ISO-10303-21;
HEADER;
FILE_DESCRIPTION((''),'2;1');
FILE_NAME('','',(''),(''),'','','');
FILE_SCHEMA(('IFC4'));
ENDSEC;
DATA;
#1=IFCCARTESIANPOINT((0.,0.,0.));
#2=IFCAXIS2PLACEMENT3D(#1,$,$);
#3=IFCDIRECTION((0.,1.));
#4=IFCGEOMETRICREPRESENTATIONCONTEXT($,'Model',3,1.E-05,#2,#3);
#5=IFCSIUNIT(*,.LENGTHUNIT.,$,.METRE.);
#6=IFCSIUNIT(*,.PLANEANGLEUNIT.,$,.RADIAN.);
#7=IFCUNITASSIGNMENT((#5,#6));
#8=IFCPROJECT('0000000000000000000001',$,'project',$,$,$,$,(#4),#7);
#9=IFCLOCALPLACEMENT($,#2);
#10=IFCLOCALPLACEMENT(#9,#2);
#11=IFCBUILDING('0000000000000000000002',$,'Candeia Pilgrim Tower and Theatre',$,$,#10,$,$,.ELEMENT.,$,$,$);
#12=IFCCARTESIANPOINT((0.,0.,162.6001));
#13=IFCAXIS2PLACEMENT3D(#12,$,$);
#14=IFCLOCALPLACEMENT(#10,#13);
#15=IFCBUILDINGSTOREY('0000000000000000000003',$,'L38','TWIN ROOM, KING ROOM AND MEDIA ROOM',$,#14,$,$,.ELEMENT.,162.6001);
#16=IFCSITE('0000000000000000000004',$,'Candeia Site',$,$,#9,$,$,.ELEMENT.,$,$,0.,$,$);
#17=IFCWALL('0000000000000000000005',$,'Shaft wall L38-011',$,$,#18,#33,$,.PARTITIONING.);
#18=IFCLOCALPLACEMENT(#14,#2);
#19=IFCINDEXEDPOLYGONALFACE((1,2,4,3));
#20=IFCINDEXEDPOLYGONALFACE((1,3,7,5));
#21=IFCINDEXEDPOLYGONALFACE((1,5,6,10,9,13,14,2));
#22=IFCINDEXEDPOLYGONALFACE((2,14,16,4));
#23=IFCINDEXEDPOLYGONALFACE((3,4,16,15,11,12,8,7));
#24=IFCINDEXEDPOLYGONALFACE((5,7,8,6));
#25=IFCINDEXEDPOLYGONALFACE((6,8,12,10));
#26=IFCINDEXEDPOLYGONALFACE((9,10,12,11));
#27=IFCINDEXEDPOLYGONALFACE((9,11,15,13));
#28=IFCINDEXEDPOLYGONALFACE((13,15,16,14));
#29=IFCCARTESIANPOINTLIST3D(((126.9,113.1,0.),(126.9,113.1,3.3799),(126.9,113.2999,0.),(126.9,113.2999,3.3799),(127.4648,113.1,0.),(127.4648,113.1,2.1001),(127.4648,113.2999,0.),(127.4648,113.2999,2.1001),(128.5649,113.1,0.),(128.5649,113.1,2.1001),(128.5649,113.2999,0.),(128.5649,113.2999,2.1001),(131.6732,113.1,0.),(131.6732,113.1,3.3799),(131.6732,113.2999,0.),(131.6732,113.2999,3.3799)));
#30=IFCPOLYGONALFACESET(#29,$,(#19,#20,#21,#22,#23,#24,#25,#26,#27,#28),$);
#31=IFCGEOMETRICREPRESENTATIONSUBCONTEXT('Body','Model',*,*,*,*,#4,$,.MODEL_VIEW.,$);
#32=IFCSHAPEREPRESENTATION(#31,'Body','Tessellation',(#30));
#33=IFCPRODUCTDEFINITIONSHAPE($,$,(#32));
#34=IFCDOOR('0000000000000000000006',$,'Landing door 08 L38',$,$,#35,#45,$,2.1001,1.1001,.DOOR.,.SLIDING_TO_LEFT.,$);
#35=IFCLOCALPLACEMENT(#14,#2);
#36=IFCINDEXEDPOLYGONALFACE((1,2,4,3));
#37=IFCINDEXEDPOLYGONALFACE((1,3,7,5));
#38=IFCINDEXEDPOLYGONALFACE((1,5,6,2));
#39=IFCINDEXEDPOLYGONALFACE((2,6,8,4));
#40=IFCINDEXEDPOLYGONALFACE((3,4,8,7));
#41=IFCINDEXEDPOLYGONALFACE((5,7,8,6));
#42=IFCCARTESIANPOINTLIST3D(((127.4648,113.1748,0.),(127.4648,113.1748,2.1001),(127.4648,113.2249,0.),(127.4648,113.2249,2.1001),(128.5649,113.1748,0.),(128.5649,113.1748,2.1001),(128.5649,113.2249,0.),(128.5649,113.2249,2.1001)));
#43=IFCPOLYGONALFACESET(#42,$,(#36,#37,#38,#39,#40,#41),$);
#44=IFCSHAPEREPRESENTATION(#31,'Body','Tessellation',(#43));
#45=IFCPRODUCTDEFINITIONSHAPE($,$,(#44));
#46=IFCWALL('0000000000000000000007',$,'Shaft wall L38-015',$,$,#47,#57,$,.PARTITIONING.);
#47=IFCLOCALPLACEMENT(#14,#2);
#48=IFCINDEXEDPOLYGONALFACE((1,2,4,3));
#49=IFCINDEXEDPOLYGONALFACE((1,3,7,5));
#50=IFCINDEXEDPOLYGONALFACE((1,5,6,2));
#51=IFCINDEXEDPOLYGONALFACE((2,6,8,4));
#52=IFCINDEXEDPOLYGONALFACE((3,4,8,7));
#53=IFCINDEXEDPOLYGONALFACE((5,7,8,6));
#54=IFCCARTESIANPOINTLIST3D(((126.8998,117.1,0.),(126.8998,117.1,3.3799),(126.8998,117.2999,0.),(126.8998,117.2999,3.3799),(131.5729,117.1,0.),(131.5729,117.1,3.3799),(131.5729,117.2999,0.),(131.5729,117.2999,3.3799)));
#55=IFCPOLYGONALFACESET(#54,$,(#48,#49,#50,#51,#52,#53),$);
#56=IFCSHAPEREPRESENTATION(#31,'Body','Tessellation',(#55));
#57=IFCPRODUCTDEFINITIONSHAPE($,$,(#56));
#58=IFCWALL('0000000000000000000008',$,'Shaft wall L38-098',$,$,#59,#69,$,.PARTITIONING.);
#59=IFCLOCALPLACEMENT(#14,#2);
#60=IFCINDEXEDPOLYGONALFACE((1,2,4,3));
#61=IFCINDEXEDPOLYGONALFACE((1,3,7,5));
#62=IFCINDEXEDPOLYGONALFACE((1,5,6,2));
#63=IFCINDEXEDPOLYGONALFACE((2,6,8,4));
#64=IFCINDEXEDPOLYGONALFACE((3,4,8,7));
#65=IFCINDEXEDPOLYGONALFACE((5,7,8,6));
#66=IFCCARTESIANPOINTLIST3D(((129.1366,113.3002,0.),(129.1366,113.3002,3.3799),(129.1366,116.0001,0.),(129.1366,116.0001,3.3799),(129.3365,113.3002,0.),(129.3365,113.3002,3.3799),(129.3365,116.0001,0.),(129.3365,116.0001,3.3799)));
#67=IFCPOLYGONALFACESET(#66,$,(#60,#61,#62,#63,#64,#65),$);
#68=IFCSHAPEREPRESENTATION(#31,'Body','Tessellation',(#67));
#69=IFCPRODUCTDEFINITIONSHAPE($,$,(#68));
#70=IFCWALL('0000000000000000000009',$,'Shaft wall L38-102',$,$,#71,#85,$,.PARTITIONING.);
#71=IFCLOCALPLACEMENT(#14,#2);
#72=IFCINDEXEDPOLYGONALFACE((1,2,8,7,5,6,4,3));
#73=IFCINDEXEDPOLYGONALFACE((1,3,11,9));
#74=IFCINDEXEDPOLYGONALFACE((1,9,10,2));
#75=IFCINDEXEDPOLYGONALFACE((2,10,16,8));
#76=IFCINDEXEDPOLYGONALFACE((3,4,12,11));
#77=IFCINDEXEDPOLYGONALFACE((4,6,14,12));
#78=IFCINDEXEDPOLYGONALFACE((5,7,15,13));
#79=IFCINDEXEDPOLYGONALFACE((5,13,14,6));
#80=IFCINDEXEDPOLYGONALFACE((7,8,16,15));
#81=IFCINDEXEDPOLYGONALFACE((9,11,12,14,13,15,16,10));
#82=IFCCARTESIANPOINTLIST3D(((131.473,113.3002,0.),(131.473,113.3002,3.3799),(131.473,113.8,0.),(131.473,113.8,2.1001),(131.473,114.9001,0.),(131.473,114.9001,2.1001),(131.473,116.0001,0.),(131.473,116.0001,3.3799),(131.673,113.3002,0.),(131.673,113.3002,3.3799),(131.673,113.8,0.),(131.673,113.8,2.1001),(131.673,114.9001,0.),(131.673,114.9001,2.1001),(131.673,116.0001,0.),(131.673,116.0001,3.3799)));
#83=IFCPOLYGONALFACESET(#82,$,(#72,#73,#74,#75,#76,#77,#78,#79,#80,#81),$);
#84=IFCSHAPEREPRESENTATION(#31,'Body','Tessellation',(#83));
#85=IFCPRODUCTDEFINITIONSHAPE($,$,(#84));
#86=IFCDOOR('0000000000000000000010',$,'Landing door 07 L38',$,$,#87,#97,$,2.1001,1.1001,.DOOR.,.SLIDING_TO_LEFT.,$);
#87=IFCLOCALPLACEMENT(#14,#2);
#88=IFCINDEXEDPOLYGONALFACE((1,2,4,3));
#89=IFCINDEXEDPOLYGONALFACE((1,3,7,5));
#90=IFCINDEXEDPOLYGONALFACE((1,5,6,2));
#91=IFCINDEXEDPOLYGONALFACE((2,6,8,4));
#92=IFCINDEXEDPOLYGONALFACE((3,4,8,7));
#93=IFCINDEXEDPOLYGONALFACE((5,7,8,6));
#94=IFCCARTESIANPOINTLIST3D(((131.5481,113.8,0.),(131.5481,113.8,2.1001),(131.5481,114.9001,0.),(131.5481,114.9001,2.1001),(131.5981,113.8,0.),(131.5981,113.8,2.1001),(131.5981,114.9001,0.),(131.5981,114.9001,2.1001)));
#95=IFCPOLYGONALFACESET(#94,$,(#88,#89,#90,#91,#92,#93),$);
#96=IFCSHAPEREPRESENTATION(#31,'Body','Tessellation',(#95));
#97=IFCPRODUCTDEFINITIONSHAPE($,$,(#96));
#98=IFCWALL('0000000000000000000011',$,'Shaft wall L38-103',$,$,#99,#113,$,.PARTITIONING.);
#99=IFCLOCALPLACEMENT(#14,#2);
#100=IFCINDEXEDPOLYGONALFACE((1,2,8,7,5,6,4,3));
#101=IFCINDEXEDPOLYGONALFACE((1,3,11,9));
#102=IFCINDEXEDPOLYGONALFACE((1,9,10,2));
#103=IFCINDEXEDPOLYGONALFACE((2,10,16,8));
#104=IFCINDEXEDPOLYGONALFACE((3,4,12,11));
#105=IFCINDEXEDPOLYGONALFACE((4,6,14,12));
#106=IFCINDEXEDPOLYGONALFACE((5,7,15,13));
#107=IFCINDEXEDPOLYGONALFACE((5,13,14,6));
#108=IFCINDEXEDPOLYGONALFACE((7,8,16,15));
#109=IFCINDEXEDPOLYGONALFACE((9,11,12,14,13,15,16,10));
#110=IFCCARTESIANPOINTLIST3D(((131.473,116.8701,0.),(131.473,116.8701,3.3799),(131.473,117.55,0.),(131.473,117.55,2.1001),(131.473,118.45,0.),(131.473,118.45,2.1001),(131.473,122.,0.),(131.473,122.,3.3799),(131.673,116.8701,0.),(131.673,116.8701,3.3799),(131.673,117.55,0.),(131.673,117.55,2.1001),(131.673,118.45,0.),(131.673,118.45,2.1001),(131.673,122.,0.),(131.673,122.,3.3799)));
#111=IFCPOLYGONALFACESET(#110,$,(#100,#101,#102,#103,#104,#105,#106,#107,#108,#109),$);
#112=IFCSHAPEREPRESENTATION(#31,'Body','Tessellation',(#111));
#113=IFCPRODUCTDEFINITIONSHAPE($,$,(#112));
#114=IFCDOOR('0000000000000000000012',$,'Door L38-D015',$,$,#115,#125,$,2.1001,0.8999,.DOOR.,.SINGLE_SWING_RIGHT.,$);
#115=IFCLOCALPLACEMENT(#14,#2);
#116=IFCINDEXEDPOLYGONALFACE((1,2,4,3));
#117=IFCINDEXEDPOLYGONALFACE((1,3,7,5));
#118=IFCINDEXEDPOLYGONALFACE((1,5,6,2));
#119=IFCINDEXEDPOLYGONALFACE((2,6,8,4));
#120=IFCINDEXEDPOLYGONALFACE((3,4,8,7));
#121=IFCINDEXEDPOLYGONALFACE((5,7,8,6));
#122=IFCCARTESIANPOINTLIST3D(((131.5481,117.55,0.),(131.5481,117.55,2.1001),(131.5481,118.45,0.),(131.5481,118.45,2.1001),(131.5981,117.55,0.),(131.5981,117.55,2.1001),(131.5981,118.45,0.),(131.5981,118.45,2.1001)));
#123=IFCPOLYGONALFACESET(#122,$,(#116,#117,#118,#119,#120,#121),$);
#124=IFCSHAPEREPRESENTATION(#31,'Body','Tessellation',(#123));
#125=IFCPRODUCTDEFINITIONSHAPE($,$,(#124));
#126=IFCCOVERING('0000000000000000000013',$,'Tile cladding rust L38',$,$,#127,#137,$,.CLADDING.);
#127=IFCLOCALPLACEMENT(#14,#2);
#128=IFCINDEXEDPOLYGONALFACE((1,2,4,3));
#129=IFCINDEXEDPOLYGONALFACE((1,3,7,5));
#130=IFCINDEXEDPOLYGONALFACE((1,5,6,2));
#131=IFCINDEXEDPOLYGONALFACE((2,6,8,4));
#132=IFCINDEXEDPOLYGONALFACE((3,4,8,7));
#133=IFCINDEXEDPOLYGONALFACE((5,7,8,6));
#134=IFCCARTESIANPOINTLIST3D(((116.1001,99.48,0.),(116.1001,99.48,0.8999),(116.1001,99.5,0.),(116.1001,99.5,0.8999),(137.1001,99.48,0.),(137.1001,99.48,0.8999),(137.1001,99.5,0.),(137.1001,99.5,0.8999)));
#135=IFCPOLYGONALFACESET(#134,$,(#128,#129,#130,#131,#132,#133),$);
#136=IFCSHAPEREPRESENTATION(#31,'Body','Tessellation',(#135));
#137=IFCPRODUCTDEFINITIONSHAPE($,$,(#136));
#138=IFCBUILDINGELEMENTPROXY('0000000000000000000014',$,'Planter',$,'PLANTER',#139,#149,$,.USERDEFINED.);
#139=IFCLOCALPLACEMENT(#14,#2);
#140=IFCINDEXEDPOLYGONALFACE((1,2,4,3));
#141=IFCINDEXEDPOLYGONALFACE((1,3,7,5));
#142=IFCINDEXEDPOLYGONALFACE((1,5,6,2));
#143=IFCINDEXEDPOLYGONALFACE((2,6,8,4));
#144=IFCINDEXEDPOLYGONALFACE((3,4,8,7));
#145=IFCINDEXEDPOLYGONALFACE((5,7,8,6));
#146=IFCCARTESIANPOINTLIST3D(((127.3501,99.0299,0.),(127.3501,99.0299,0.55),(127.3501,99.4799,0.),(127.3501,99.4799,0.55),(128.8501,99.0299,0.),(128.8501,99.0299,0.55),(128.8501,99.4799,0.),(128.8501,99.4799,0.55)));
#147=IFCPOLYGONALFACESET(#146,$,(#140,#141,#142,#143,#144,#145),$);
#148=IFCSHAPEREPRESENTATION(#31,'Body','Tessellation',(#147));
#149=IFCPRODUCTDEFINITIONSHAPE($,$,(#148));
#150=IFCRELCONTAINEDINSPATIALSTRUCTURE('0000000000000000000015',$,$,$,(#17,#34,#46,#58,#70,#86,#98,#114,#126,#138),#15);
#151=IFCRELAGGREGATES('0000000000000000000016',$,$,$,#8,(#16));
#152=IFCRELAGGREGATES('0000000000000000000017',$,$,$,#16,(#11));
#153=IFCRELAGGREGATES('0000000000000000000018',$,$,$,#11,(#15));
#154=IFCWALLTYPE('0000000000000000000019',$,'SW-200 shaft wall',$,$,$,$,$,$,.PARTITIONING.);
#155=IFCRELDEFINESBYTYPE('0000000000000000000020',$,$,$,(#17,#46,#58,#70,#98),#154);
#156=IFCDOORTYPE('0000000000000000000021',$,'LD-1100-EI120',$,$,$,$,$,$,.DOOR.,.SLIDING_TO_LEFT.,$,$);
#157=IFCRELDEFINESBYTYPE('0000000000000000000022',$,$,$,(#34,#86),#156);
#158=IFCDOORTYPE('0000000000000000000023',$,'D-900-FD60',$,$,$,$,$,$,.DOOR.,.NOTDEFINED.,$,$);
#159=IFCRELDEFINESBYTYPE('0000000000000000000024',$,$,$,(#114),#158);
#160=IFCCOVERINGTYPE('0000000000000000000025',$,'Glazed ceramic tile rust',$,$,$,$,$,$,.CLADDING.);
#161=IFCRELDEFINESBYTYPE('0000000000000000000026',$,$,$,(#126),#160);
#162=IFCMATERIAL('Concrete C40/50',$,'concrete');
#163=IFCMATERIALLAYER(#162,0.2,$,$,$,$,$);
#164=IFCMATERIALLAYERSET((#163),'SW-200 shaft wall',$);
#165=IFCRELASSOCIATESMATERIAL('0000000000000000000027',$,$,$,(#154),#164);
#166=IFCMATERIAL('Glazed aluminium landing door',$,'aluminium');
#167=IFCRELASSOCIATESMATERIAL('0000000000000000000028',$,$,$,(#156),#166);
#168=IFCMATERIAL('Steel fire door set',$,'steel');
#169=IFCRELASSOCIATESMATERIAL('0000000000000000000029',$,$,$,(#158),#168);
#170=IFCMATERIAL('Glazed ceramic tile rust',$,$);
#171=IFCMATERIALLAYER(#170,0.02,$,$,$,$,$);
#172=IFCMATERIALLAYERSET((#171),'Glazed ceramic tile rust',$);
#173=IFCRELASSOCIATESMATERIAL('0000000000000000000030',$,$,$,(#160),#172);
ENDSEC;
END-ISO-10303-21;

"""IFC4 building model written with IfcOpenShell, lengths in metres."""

from ifc_helpers import new_model, si_unit, direction, frame, frame_2d, origin, origin_2d, place, context, subcontext, project, spatial, rectangle, extrude, material, layer, layer_set, type_object, element, fill, save


model = new_model("IFC4")

# Units and contexts
model_context = context("Model", 3, precision=1e-05, world=origin(), true_north=direction((0.0, 1.0)))
body_context = subcontext(model_context, "Body", "Model", "MODEL_VIEW")
ifc_project = project(units=[si_unit("LENGTHUNIT", "METRE"), si_unit("PLANEANGLEUNIT", "RADIAN")], contexts=[model_context])

# Site, building, storey
site_placement = place(None, origin())
site = spatial("IfcSite", under=ifc_project, at=site_placement, Name="Candeia Site", CompositionType="ELEMENT", RefElevation=0.0)
building_placement = place(site_placement, origin())
building = spatial("IfcBuilding", under=site, at=building_placement, Name="Candeia Pilgrim Tower and Theatre", CompositionType="ELEMENT")
storey_placement = place(building_placement, frame((0.0, 0.0, 162.6001)))
storey = spatial("IfcBuildingStorey", under=building, at=storey_placement, Name="L38", Description="TWIN ROOM, KING ROOM AND MEDIA ROOM", CompositionType="ELEMENT", Elevation=162.6001)

# Wall, opening, door
ifc_material_1 = material(Name="Concrete C40/50", Category="concrete")
ifc_layer_1 = layer(ifc_material_1, 0.2)
ifc_layer_set_1 = layer_set([ifc_layer_1], Name="SW-200 shaft wall")
wall_type_1 = type_object("IfcWallType", Name="SW-200 shaft wall", PredefinedType="PARTITIONING", material=ifc_layer_set_1)
wall_1_placement = place(storey_placement, frame((126.8999, 113.2, 0.0), z_axis=(0.0, 0.0, 1.0), x_axis=(1.0, 0.0, 0.0)))
wall_1 = element("IfcWall", 1, at=wall_1_placement, inside=storey, type_object=wall_type_1, Name="Shaft wall L38-011", PredefinedType="PARTITIONING", context=body_context, shape_type="SweptSolid", body=[
    extrude(rectangle(XDim=4.7732, YDim=0.2, at=frame_2d((2.3867, 0.0))), origin(), (0.0, 0.0, 1.0), 3.3799),
])
opening_1_placement = place(wall_1_placement, frame((0.5649, 0.0, 0.0)))
opening_1 = element("IfcOpeningElement", 2, at=opening_1_placement, cuts=wall_1, PredefinedType="OPENING", context=body_context, shape_type="SweptSolid", body=[
    extrude(rectangle(XDim=1.1001, YDim=2.1001, at=frame_2d((0.55, 1.05))), frame((0.0, 0.1099, 0.0), z_axis=(0.0, -1.0, 0.0), x_axis=(1.0, 0.0, 0.0)), (0.0, 0.0, 1.0), 0.22),
])
ifc_material_2 = material(Name="Glazed aluminium landing door", Category="aluminium")
door_type_1 = type_object("IfcDoorType", Name="LD-1100-EI120", OperationType="SLIDING_TO_LEFT", PredefinedType="DOOR", material=ifc_material_2)
door_1_placement = place(opening_1_placement, origin())
door_1 = element("IfcDoor", 3, at=door_1_placement, inside=storey, type_object=door_type_1, Name="Landing door 08 L38", OperationType="SLIDING_TO_LEFT", OverallHeight=2.1001, OverallWidth=1.1001, PredefinedType="DOOR", context=body_context, shape_type="SweptSolid", body=[
    extrude(rectangle(XDim=1.1001, YDim=2.1001, at=frame_2d((0.55, 1.05))), frame((0.0, 0.0249, 0.0), z_axis=(0.0, -1.0, 0.0), x_axis=(1.0, 0.0, 0.0)), (0.0, 0.0, 1.0), 0.05),
])
fill(opening_1, door_1)

# Walls
wall_2_placement = place(storey_placement, frame((126.8999, 117.2, 0.0), z_axis=(0.0, 0.0, 1.0), x_axis=(1.0, 0.0, 0.0)))
element("IfcWall", 4, at=wall_2_placement, inside=storey, type_object=wall_type_1, Name="Shaft wall L38-015", PredefinedType="PARTITIONING", context=body_context, shape_type="SweptSolid", body=[
    extrude(rectangle(XDim=4.6731, YDim=0.2, at=frame_2d((2.3364, 0.0))), origin(), (0.0, 0.0, 1.0), 3.3799),
])
wall_3_placement = place(storey_placement, frame((129.2366, 113.3, 0.0), z_axis=(0.0, 0.0, 1.0), x_axis=(0.0, 1.0, 0.0)))
element("IfcWall", 5, at=wall_3_placement, inside=storey, type_object=wall_type_1, Name="Shaft wall L38-098", PredefinedType="PARTITIONING", context=body_context, shape_type="SweptSolid", body=[
    extrude(rectangle(XDim=2.7, YDim=0.2, at=frame_2d((1.3501, 0.0))), origin(), (0.0, 0.0, 1.0), 3.3799),
])

# Walls, openings, doors
wall_4_placement = place(storey_placement, frame((131.573, 113.3, 0.0), z_axis=(0.0, 0.0, 1.0), x_axis=(0.0, 1.0, 0.0)))
wall_4 = element("IfcWall", 6, at=wall_4_placement, inside=storey, type_object=wall_type_1, Name="Shaft wall L38-102", PredefinedType="PARTITIONING", context=body_context, shape_type="SweptSolid", body=[
    extrude(rectangle(XDim=2.7, YDim=0.2, at=frame_2d((1.3501, 0.0))), origin(), (0.0, 0.0, 1.0), 3.3799),
])
opening_2_placement = place(wall_4_placement, frame((0.5, 0.0, 0.0)))
opening_2 = element("IfcOpeningElement", 7, at=opening_2_placement, cuts=wall_4, PredefinedType="OPENING", context=body_context, shape_type="SweptSolid", body=[
    extrude(rectangle(XDim=1.1001, YDim=2.1001, at=frame_2d((0.55, 1.05))), frame((0.0, 0.1099, 0.0), z_axis=(0.0, -1.0, 0.0), x_axis=(1.0, 0.0, 0.0)), (0.0, 0.0, 1.0), 0.22),
])
door_2_placement = place(opening_2_placement, origin())
door_2 = element("IfcDoor", 8, at=door_2_placement, inside=storey, type_object=door_type_1, Name="Landing door 07 L38", OperationType="SLIDING_TO_LEFT", OverallHeight=2.1001, OverallWidth=1.1001, PredefinedType="DOOR", context=body_context, shape_type="SweptSolid", body=[
    extrude(rectangle(XDim=1.1001, YDim=2.1001, at=frame_2d((0.55, 1.05))), frame((0.0, 0.0249, 0.0), z_axis=(0.0, -1.0, 0.0), x_axis=(1.0, 0.0, 0.0)), (0.0, 0.0, 1.0), 0.05),
])
fill(opening_2, door_2)
wall_5_placement = place(storey_placement, frame((131.573, 116.8701, 0.0), z_axis=(0.0, 0.0, 1.0), x_axis=(0.0, 1.0, 0.0)))
wall_5 = element("IfcWall", 9, at=wall_5_placement, inside=storey, type_object=wall_type_1, Name="Shaft wall L38-103", PredefinedType="PARTITIONING", context=body_context, shape_type="SweptSolid", body=[
    extrude(rectangle(XDim=5.1299, YDim=0.2, at=frame_2d((2.5649, 0.0))), origin(), (0.0, 0.0, 1.0), 3.3799),
])
opening_3_placement = place(wall_5_placement, frame((0.6799, 0.0, 0.0)))
opening_3 = element("IfcOpeningElement", 10, at=opening_3_placement, cuts=wall_5, PredefinedType="OPENING", context=body_context, shape_type="SweptSolid", body=[
    extrude(rectangle(XDim=0.8999, YDim=2.1001, at=frame_2d((0.45, 1.05))), frame((0.0, 0.1099, 0.0), z_axis=(0.0, -1.0, 0.0), x_axis=(1.0, 0.0, 0.0)), (0.0, 0.0, 1.0), 0.22),
])
ifc_material_3 = material(Name="Steel fire door set", Category="steel")
door_type_2 = type_object("IfcDoorType", Name="D-900-FD60", OperationType="NOTDEFINED", PredefinedType="DOOR", material=ifc_material_3)
door_3_placement = place(opening_3_placement, origin())
door_3 = element("IfcDoor", 11, at=door_3_placement, inside=storey, type_object=door_type_2, Name="Door L38-D015", OperationType="SINGLE_SWING_RIGHT", OverallHeight=2.1001, OverallWidth=0.8999, PredefinedType="DOOR", context=body_context, shape_type="SweptSolid", body=[
    extrude(rectangle(XDim=0.8999, YDim=2.1001, at=frame_2d((0.45, 1.05))), frame((0.0, 0.0249, 0.0), z_axis=(0.0, -1.0, 0.0), x_axis=(1.0, 0.0, 0.0)), (0.0, 0.0, 1.0), 0.05),
])
fill(opening_3, door_3)

# Covering
ifc_material_4 = material(Name="Glazed ceramic tile rust")
ifc_layer_2 = layer(ifc_material_4, 0.02)
ifc_layer_set_2 = layer_set([ifc_layer_2], Name="Glazed ceramic tile rust")
covering_type = type_object("IfcCoveringType", Name="Glazed ceramic tile rust", PredefinedType="CLADDING", material=ifc_layer_set_2)
covering_placement = place(storey_placement, frame((126.6001, 99.49, 0.0), z_axis=(0.0, 0.0, 1.0), x_axis=(1.0, 0.0, 0.0)))
element("IfcCovering", 12, at=covering_placement, inside=storey, type_object=covering_type, Name="Tile cladding rust L38", PredefinedType="CLADDING", context=body_context, shape_type="SweptSolid", body=[
    extrude(rectangle(XDim=21.0, YDim=0.02, at=origin_2d()), origin(), (0.0, 0.0, 1.0), 0.8999),
])

# Building element proxy
proxy_placement = place(storey_placement, frame((128.1001, 99.2549, 0.0), z_axis=(0.0, 0.0, 1.0), x_axis=(1.0, 0.0, 0.0)))
element("IfcBuildingElementProxy", 13, at=proxy_placement, inside=storey, Name="Planter", ObjectType="PLANTER", PredefinedType="USERDEFINED", context=body_context, shape_type="SweptSolid", body=[
    extrude(rectangle(XDim=1.5, YDim=0.45, at=origin_2d()), origin(), (0.0, 0.0, 1.0), 0.55),
])

save(model, "model.ifc")
